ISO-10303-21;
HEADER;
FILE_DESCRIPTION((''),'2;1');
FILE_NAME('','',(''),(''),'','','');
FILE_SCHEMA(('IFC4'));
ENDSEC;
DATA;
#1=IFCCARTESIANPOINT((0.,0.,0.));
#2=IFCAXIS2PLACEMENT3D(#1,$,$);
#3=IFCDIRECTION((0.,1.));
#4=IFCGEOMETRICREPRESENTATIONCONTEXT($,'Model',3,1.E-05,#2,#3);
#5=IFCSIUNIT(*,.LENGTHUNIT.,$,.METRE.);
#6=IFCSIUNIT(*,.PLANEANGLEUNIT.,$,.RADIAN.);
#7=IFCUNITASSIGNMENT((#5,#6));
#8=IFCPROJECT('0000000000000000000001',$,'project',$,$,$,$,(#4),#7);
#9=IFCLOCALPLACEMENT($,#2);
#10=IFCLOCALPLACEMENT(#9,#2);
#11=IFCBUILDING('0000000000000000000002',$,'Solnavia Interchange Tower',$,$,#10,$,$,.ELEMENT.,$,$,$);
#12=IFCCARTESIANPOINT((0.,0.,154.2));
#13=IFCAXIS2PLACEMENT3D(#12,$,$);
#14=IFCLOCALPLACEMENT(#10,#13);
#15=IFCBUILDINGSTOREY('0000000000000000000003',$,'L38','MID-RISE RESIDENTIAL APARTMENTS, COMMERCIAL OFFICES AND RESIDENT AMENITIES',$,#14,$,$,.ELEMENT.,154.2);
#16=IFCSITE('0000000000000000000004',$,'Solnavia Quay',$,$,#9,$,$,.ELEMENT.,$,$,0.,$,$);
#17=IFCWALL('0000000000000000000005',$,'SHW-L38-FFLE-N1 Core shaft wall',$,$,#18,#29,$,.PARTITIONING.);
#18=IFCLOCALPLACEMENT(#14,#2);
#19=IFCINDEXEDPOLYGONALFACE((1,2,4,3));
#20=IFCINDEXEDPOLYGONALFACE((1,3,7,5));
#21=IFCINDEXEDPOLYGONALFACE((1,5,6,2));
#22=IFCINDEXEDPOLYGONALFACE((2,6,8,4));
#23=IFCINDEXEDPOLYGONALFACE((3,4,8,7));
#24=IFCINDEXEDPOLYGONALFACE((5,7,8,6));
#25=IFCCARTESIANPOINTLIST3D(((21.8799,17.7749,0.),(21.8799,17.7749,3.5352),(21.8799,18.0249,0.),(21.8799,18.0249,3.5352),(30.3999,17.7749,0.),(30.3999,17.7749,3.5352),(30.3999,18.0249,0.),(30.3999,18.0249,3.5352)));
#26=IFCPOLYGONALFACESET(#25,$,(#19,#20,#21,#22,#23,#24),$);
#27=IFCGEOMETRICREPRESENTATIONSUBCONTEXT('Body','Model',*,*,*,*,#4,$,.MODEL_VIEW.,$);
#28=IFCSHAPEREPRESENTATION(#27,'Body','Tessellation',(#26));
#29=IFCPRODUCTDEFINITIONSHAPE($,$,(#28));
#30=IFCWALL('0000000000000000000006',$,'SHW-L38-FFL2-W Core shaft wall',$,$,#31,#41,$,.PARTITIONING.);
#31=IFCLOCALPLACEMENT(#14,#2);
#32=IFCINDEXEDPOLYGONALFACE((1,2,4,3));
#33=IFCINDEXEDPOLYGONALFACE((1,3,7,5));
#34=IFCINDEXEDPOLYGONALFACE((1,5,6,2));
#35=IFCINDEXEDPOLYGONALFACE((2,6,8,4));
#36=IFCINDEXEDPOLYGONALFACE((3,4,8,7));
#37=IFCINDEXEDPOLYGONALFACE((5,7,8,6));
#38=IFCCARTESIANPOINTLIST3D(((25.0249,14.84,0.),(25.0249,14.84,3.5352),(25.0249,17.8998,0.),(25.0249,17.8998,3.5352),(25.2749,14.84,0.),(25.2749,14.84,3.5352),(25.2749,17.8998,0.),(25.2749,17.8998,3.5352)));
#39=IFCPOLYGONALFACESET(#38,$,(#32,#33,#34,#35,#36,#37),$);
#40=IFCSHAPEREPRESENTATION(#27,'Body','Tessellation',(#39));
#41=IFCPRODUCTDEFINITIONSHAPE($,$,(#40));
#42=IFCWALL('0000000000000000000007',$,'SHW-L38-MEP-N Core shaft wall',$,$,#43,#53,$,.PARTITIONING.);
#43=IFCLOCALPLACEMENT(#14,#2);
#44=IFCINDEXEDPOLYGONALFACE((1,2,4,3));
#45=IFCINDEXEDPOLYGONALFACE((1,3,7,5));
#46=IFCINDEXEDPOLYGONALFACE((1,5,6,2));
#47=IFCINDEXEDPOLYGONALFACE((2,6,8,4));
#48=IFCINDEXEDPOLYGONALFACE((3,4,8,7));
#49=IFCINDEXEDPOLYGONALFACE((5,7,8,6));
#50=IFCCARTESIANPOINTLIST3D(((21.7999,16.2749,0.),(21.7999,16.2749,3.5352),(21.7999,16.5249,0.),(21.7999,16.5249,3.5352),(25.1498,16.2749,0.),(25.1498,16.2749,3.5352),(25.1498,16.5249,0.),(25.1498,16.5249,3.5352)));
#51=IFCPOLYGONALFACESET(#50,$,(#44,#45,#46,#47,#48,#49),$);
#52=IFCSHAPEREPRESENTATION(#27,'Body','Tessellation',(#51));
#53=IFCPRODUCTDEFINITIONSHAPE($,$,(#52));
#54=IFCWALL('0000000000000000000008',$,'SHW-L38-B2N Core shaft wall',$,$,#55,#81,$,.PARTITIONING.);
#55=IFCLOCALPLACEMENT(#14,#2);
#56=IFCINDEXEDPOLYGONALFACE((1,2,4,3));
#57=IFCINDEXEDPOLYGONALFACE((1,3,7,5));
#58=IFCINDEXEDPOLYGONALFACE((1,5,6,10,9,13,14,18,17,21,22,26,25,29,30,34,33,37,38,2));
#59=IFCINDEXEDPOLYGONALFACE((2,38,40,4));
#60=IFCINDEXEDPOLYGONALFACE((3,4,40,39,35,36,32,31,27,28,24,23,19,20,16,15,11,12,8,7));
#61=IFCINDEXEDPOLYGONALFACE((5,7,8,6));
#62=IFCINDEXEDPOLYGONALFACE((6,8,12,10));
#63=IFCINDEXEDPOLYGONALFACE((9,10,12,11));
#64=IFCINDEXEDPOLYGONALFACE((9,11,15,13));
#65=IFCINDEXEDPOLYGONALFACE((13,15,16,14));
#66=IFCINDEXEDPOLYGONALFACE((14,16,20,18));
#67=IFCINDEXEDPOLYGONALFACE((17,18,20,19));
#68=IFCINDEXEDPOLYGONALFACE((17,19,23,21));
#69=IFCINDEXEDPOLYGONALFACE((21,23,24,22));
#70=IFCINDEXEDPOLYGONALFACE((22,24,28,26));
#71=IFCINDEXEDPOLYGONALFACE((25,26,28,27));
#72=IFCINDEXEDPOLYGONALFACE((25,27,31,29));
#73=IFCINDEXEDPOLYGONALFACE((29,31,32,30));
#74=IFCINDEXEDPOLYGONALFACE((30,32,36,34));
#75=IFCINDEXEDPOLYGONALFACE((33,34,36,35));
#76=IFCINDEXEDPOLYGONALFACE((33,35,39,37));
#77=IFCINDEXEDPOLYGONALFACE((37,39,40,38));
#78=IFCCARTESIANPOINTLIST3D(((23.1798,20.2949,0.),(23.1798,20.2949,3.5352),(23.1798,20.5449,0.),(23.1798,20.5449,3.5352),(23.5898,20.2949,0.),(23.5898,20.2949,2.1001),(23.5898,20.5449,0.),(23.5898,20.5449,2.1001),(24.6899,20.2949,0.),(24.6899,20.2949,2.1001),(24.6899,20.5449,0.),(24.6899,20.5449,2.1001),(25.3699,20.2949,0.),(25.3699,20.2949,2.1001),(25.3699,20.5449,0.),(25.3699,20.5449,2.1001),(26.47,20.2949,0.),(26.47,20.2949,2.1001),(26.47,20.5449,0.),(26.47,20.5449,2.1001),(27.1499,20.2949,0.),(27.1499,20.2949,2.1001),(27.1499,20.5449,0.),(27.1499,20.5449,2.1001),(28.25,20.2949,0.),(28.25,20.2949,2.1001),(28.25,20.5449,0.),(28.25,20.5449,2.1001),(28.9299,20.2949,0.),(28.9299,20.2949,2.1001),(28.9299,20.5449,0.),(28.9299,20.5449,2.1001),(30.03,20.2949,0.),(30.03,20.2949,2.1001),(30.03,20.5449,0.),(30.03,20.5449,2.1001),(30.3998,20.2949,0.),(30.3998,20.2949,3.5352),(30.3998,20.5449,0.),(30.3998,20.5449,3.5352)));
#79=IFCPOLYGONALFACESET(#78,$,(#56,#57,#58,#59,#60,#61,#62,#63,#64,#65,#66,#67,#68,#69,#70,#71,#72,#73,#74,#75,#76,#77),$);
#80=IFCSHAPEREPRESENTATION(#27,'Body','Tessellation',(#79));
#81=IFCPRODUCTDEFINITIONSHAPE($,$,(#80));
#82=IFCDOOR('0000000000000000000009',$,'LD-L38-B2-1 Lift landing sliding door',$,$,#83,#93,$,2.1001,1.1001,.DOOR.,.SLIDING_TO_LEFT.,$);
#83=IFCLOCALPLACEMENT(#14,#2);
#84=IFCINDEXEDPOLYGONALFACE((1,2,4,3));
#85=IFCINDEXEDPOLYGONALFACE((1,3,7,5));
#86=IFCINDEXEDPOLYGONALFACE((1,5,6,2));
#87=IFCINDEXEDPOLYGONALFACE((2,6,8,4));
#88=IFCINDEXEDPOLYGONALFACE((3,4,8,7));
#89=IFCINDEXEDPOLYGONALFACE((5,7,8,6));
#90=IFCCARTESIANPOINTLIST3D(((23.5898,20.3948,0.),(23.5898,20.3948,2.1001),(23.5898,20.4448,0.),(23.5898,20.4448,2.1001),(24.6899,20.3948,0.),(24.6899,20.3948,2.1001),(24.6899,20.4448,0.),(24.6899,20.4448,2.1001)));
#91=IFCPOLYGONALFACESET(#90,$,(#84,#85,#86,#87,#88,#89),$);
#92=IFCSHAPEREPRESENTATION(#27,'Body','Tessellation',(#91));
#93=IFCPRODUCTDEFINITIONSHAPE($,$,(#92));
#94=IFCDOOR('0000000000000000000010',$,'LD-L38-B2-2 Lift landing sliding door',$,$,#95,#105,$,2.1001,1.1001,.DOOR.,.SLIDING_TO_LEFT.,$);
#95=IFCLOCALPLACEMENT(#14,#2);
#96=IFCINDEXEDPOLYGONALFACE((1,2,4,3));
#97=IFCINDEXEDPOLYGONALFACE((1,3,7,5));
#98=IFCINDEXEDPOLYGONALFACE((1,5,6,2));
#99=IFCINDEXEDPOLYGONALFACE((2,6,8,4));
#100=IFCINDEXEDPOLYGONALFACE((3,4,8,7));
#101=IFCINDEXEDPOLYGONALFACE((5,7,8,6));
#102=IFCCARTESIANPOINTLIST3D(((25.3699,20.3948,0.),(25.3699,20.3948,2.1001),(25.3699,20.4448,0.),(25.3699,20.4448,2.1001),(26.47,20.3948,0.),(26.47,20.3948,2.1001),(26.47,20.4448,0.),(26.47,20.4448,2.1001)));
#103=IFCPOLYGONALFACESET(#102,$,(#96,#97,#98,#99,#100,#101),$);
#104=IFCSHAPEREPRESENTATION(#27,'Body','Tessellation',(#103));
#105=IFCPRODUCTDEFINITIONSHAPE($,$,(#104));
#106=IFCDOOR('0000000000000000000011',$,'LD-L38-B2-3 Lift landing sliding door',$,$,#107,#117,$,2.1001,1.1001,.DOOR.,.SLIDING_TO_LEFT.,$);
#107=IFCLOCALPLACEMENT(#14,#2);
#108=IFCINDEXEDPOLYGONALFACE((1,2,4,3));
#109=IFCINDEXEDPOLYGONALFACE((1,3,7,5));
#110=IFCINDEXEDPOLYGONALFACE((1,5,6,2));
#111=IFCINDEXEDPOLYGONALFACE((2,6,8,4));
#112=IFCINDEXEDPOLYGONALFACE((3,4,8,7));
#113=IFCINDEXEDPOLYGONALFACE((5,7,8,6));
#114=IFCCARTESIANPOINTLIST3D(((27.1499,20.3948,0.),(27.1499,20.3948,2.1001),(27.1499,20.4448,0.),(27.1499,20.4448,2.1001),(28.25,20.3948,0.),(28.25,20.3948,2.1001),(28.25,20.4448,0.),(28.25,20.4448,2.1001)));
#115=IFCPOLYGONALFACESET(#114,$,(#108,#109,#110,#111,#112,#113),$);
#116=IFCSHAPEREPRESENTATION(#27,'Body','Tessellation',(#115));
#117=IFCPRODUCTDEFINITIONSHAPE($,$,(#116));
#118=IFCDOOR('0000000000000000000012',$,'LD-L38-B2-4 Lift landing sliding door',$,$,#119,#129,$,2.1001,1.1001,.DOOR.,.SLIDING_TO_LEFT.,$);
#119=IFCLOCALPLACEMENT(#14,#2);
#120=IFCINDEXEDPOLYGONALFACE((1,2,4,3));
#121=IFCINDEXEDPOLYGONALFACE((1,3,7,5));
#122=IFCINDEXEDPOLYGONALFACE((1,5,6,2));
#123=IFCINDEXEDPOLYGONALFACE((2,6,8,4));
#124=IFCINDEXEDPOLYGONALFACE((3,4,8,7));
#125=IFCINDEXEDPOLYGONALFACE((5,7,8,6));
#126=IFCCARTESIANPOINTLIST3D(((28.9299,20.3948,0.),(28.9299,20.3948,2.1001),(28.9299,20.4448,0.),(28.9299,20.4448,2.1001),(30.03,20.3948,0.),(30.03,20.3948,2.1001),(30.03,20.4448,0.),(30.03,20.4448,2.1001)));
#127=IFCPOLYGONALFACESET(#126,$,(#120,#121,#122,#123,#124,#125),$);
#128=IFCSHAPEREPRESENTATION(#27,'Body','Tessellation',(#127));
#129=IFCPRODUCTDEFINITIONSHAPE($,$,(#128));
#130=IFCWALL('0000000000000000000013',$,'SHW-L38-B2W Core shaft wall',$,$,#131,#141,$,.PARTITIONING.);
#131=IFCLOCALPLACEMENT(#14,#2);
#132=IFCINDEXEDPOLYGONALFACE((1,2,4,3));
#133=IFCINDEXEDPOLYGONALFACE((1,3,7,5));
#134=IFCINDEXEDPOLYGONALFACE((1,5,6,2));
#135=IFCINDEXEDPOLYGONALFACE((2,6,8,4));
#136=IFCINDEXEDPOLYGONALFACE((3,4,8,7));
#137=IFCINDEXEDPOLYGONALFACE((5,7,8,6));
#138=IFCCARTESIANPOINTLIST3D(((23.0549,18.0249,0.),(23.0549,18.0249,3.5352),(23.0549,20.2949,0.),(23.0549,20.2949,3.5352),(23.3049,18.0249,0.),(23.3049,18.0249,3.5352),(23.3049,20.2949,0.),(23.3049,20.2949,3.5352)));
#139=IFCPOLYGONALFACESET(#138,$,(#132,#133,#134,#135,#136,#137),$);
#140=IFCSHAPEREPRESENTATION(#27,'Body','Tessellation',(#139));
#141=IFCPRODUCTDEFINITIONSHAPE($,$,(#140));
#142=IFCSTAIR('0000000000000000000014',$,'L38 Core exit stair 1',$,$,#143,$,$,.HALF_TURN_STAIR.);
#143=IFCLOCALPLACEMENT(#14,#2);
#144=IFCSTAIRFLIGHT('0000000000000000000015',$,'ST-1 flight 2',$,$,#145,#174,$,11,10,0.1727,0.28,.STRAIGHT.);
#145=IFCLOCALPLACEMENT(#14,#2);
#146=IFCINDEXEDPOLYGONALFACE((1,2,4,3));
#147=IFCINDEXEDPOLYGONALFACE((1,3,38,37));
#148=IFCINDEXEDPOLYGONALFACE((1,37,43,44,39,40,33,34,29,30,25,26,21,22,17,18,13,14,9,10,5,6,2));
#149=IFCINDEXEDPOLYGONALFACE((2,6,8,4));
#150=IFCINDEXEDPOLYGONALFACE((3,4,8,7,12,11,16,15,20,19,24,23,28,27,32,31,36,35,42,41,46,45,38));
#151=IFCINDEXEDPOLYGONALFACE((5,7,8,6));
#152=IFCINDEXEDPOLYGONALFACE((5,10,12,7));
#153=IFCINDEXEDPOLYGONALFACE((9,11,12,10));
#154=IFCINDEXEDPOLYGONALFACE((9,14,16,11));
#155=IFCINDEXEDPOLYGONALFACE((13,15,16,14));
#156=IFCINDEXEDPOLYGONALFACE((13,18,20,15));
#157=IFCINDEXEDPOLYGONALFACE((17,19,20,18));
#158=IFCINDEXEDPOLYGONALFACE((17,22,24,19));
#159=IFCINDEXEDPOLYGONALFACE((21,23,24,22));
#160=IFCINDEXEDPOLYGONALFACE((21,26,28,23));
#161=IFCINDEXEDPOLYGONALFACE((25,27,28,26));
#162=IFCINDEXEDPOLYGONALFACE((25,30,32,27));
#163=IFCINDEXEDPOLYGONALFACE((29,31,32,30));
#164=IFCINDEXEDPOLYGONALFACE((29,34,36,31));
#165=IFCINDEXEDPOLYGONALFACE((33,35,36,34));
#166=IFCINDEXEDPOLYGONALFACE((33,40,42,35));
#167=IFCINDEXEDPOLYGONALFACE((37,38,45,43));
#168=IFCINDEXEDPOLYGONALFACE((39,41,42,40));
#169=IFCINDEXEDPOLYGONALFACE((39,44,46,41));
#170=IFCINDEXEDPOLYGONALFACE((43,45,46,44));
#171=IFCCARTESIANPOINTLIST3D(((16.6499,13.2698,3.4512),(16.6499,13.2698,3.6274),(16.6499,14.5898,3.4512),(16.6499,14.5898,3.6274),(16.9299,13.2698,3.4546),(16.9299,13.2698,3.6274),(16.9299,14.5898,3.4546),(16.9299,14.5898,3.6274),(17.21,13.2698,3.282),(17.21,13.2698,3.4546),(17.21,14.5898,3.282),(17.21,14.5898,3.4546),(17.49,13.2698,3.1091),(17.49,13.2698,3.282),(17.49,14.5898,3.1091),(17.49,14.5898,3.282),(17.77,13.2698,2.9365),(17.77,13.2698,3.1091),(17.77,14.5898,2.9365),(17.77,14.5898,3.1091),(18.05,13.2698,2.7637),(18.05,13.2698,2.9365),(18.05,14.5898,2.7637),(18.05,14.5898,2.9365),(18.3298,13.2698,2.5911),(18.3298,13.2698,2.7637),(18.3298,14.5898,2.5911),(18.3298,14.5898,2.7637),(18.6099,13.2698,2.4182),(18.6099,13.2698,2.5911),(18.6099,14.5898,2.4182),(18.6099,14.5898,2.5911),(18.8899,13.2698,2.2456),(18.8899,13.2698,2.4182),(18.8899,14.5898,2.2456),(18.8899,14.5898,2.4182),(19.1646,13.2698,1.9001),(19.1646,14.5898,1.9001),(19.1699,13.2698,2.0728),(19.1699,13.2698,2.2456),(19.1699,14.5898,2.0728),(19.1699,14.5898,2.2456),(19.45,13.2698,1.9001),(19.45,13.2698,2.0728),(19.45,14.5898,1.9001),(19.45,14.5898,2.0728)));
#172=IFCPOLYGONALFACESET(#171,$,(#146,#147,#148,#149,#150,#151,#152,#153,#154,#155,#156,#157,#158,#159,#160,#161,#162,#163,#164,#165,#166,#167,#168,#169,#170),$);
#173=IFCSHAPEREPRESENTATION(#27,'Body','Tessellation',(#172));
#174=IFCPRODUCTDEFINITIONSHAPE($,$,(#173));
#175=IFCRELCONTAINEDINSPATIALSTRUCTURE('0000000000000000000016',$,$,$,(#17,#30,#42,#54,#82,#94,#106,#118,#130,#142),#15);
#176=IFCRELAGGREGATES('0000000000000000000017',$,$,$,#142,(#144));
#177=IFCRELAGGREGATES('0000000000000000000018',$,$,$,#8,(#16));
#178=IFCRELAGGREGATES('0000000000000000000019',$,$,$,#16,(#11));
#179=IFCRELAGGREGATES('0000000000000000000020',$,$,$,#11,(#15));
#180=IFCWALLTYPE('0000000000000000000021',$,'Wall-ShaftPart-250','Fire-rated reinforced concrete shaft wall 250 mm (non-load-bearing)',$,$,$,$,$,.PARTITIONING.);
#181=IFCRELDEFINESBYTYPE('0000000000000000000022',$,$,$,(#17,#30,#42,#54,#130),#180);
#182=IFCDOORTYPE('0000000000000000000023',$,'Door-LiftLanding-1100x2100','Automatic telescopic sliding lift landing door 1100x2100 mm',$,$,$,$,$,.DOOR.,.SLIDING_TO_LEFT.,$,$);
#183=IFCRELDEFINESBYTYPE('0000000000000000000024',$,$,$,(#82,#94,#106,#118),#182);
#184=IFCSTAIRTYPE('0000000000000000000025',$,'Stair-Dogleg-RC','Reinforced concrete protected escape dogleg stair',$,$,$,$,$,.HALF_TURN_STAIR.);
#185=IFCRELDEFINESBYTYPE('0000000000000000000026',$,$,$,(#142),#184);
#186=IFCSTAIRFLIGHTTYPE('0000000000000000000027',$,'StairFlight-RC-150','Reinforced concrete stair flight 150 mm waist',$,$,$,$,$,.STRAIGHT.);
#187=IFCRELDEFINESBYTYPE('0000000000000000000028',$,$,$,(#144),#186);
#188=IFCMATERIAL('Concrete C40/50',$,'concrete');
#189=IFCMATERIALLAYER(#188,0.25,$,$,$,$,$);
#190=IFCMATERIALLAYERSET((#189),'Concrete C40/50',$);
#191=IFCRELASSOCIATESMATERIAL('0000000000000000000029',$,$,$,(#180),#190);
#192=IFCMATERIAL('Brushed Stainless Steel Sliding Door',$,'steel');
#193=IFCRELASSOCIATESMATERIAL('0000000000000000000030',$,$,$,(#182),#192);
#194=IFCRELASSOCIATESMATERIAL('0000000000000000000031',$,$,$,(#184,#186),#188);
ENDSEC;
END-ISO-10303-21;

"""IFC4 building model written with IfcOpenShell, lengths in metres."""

from ifc_helpers import new_model, si_unit, direction, frame, frame_2d, origin, place, context, subcontext, project, spatial, polyline, rectangle, outline, extrude, material, layer, layer_set, type_object, element, fill, aggregate, save


model = new_model("IFC4")

# Units and contexts
model_context = context("Model", 3, precision=1e-05, world=origin(), true_north=direction((0.0, 1.0)))
body_context = subcontext(model_context, "Body", "Model", "MODEL_VIEW")
ifc_project = project(units=[si_unit("LENGTHUNIT", "METRE"), si_unit("PLANEANGLEUNIT", "RADIAN")], contexts=[model_context])

# Site, building, storey
site_placement = place(None, origin())
site = spatial("IfcSite", under=ifc_project, at=site_placement, Name="Solnavia Quay", CompositionType="ELEMENT", RefElevation=0.0)
building_placement = place(site_placement, origin())
building = spatial("IfcBuilding", under=site, at=building_placement, Name="Solnavia Interchange Tower", CompositionType="ELEMENT")
storey_placement = place(building_placement, frame((0.0, 0.0, 154.2)))
storey = spatial("IfcBuildingStorey", under=building, at=storey_placement, Name="L38", Description="MID-RISE RESIDENTIAL APARTMENTS, COMMERCIAL OFFICES AND RESIDENT AMENITIES", CompositionType="ELEMENT", Elevation=154.2)

# Shared definitions
ifc_material_1 = material(Name="Concrete C40/50", Category="concrete")

# Shared definitions
ifc_layer_1 = layer(ifc_material_1, 0.25)
ifc_layer_set_1 = layer_set([ifc_layer_1], Name="Concrete C40/50")
wall_type_1 = type_object("IfcWallType", Name="Wall-ShaftPart-250", Description="Fire-rated reinforced concrete shaft wall 250 mm (non-load-bearing)", PredefinedType="PARTITIONING", material=ifc_layer_set_1)
ifc_material_2 = material(Name="Brushed Stainless Steel Sliding Door", Category="steel")
door_type_1 = type_object("IfcDoorType", Name="Door-LiftLanding-1100x2100", Description="Automatic telescopic sliding lift landing door 1100x2100 mm", OperationType="SLIDING_TO_LEFT", PredefinedType="DOOR", material=ifc_material_2)

# Walls
wall_1_placement = place(storey_placement, frame((21.8799, 17.8999, 0.0), z_axis=(0.0, 0.0, 1.0), x_axis=(1.0, 0.0, 0.0)))
element("IfcWall", 1, at=wall_1_placement, inside=storey, type_object=wall_type_1, Name="SHW-L38-FFLE-N1 Core shaft wall", PredefinedType="PARTITIONING", context=body_context, shape_type="SweptSolid", body=[
    extrude(rectangle(XDim=8.52, YDim=0.25, at=frame_2d((4.26, 0.0))), origin(), (0.0, 0.0, 1.0), 3.5352),
])
wall_2_placement = place(storey_placement, frame((25.1499, 14.8401, 0.0), z_axis=(0.0, 0.0, 1.0), x_axis=(0.0, 1.0, 0.0)))
element("IfcWall", 2, at=wall_2_placement, inside=storey, type_object=wall_type_1, Name="SHW-L38-FFL2-W Core shaft wall", PredefinedType="PARTITIONING", context=body_context, shape_type="SweptSolid", body=[
    extrude(rectangle(XDim=3.0598, YDim=0.25, at=frame_2d((1.5298, 0.0))), origin(), (0.0, 0.0, 1.0), 3.5352),
])
wall_3_placement = place(storey_placement, frame((21.8, 16.3999, 0.0), z_axis=(0.0, 0.0, 1.0), x_axis=(1.0, 0.0, 0.0)))
element("IfcWall", 3, at=wall_3_placement, inside=storey, type_object=wall_type_1, Name="SHW-L38-MEP-N Core shaft wall", PredefinedType="PARTITIONING", context=body_context, shape_type="SweptSolid", body=[
    extrude(rectangle(XDim=3.3499, YDim=0.25, at=frame_2d((1.6748, 0.0))), origin(), (0.0, 0.0, 1.0), 3.5352),
])

# Wall, openings, doors
wall_4_placement = place(storey_placement, frame((23.1799, 20.4199, 0.0), z_axis=(0.0, 0.0, 1.0), x_axis=(1.0, 0.0, 0.0)))
wall_4 = element("IfcWall", 4, at=wall_4_placement, inside=storey, type_object=wall_type_1, Name="SHW-L38-B2N Core shaft wall", PredefinedType="PARTITIONING", context=body_context, shape_type="SweptSolid", body=[
    extrude(rectangle(XDim=7.22, YDim=0.25, at=frame_2d((3.6099, 0.0))), origin(), (0.0, 0.0, 1.0), 3.5352),
])
opening_1_placement = place(wall_4_placement, frame((0.4099, 0.0, 0.0)))
opening_1 = element("IfcOpeningElement", 5, at=opening_1_placement, cuts=wall_4, PredefinedType="OPENING", context=body_context, shape_type="SweptSolid", body=[
    extrude(rectangle(XDim=1.1001, YDim=2.1001, at=frame_2d((0.55, 1.05))), frame((0.0, 0.135, 0.0), z_axis=(0.0, -1.0, 0.0), x_axis=(1.0, 0.0, 0.0)), (0.0, 0.0, 1.0), 0.27),
])
opening_2_placement = place(wall_4_placement, frame((2.1899, 0.0, 0.0)))
opening_2 = element("IfcOpeningElement", 6, at=opening_2_placement, cuts=wall_4, PredefinedType="OPENING", context=body_context, shape_type="SweptSolid", body=[
    extrude(rectangle(XDim=1.1001, YDim=2.1001, at=frame_2d((0.55, 1.05))), frame((0.0, 0.135, 0.0), z_axis=(0.0, -1.0, 0.0), x_axis=(1.0, 0.0, 0.0)), (0.0, 0.0, 1.0), 0.27),
])
opening_3_placement = place(wall_4_placement, frame((3.97, 0.0, 0.0)))
opening_3 = element("IfcOpeningElement", 7, at=opening_3_placement, cuts=wall_4, PredefinedType="OPENING", context=body_context, shape_type="SweptSolid", body=[
    extrude(rectangle(XDim=1.1001, YDim=2.1001, at=frame_2d((0.55, 1.05))), frame((0.0, 0.135, 0.0), z_axis=(0.0, -1.0, 0.0), x_axis=(1.0, 0.0, 0.0)), (0.0, 0.0, 1.0), 0.27),
])
opening_4_placement = place(wall_4_placement, frame((5.75, 0.0, 0.0)))
opening_4 = element("IfcOpeningElement", 8, at=opening_4_placement, cuts=wall_4, PredefinedType="OPENING", context=body_context, shape_type="SweptSolid", body=[
    extrude(rectangle(XDim=1.1001, YDim=2.1001, at=frame_2d((0.55, 1.05))), frame((0.0, 0.135, 0.0), z_axis=(0.0, -1.0, 0.0), x_axis=(1.0, 0.0, 0.0)), (0.0, 0.0, 1.0), 0.27),
])
door_1_placement = place(opening_1_placement, origin())
door_1 = element("IfcDoor", 9, at=door_1_placement, inside=storey, type_object=door_type_1, Name="LD-L38-B2-1 Lift landing sliding door", OperationType="SLIDING_TO_LEFT", OverallHeight=2.1001, OverallWidth=1.1001, PredefinedType="DOOR", context=body_context, shape_type="SweptSolid", body=[
    extrude(rectangle(XDim=1.1001, YDim=2.1001, at=frame_2d((0.55, 1.05))), frame((0.0, 0.0249, 0.0), z_axis=(0.0, -1.0, 0.0), x_axis=(1.0, 0.0, 0.0)), (0.0, 0.0, 1.0), 0.05),
])
fill(opening_1, door_1)
door_2_placement = place(opening_2_placement, origin())
door_2 = element("IfcDoor", 10, at=door_2_placement, inside=storey, type_object=door_type_1, Name="LD-L38-B2-2 Lift landing sliding door", OperationType="SLIDING_TO_LEFT", OverallHeight=2.1001, OverallWidth=1.1001, PredefinedType="DOOR", context=body_context, shape_type="SweptSolid", body=[
    extrude(rectangle(XDim=1.1001, YDim=2.1001, at=frame_2d((0.55, 1.05))), frame((0.0, 0.0249, 0.0), z_axis=(0.0, -1.0, 0.0), x_axis=(1.0, 0.0, 0.0)), (0.0, 0.0, 1.0), 0.05),
])
fill(opening_2, door_2)
door_3_placement = place(opening_3_placement, origin())
door_3 = element("IfcDoor", 11, at=door_3_placement, inside=storey, type_object=door_type_1, Name="LD-L38-B2-3 Lift landing sliding door", OperationType="SLIDING_TO_LEFT", OverallHeight=2.1001, OverallWidth=1.1001, PredefinedType="DOOR", context=body_context, shape_type="SweptSolid", body=[
    extrude(rectangle(XDim=1.1001, YDim=2.1001, at=frame_2d((0.55, 1.05))), frame((0.0, 0.0249, 0.0), z_axis=(0.0, -1.0, 0.0), x_axis=(1.0, 0.0, 0.0)), (0.0, 0.0, 1.0), 0.05),
])
fill(opening_3, door_3)
door_4_placement = place(opening_4_placement, origin())
door_4 = element("IfcDoor", 12, at=door_4_placement, inside=storey, type_object=door_type_1, Name="LD-L38-B2-4 Lift landing sliding door", OperationType="SLIDING_TO_LEFT", OverallHeight=2.1001, OverallWidth=1.1001, PredefinedType="DOOR", context=body_context, shape_type="SweptSolid", body=[
    extrude(rectangle(XDim=1.1001, YDim=2.1001, at=frame_2d((0.55, 1.05))), frame((0.0, 0.0249, 0.0), z_axis=(0.0, -1.0, 0.0), x_axis=(1.0, 0.0, 0.0)), (0.0, 0.0, 1.0), 0.05),
])
fill(opening_4, door_4)

# Wall
wall_5_placement = place(storey_placement, frame((23.1799, 18.0249, 0.0), z_axis=(0.0, 0.0, 1.0), x_axis=(0.0, 1.0, 0.0)))
element("IfcWall", 13, at=wall_5_placement, inside=storey, type_object=wall_type_1, Name="SHW-L38-B2W Core shaft wall", PredefinedType="PARTITIONING", context=body_context, shape_type="SweptSolid", body=[
    extrude(rectangle(XDim=2.27, YDim=0.25, at=frame_2d((1.135, 0.0))), origin(), (0.0, 0.0, 1.0), 3.5352),
])

# Stair, stair flight
stair_type = type_object("IfcStairType", Name="Stair-Dogleg-RC", Description="Reinforced concrete protected escape dogleg stair", PredefinedType="HALF_TURN_STAIR", material=ifc_material_1)
stair_1_placement = place(storey_placement, origin())
stair_1 = element("IfcStair", 14, at=stair_1_placement, inside=storey, type_object=stair_type, Name="L38 Core exit stair 1", PredefinedType="HALF_TURN_STAIR")
stair_flight_type = type_object("IfcStairFlightType", Name="StairFlight-RC-150", Description="Reinforced concrete stair flight 150 mm waist", PredefinedType="STRAIGHT", material=ifc_material_1)
stair_flight_1_placement = place(storey_placement, frame((19.45, 13.9299, 1.9001), z_axis=(0.0, 0.0, 1.0), x_axis=(-1.0, 0.0, 0.0)))
stair_flight_1 = element("IfcStairFlight", 15, at=stair_flight_1_placement, type_object=stair_flight_type, Name="ST-1 flight 2", NumberOfRisers=11, NumberOfTreads=10, PredefinedType="STRAIGHT", RiserHeight=0.1727, TreadLength=0.28, context=body_context, shape_type="SweptSolid", body=[
    extrude(outline(polyline([(0.0, 0.0), (0.0, 0.1726), (0.28, 0.1726), (0.28, 0.3455), (0.5601, 0.3455), (0.5601, 0.5181), (0.8401, 0.5181), (0.8401, 0.6909), (1.1201, 0.6909), (1.1201, 0.8635), (1.3999, 0.8635), (1.3999, 1.0364), (1.6799, 1.0364), (1.6799, 1.209), (1.96, 1.209), (1.96, 1.3818), (2.24, 1.3818), (2.24, 1.5544), (2.52, 1.5544), (2.52, 1.7273), (2.8, 1.7273), (2.8, 1.8999), (2.8, 1.551), (0.2854, 0.0), (0.0, 0.0)])), frame((0.0, 0.6602, 0.0), z_axis=(0.0, -1.0, 0.0), x_axis=(1.0, 0.0, 0.0)), (0.0, 0.0, 1.0), 1.3201),
])
aggregate(stair_1, [stair_flight_1])

save(model, "model.ifc")
